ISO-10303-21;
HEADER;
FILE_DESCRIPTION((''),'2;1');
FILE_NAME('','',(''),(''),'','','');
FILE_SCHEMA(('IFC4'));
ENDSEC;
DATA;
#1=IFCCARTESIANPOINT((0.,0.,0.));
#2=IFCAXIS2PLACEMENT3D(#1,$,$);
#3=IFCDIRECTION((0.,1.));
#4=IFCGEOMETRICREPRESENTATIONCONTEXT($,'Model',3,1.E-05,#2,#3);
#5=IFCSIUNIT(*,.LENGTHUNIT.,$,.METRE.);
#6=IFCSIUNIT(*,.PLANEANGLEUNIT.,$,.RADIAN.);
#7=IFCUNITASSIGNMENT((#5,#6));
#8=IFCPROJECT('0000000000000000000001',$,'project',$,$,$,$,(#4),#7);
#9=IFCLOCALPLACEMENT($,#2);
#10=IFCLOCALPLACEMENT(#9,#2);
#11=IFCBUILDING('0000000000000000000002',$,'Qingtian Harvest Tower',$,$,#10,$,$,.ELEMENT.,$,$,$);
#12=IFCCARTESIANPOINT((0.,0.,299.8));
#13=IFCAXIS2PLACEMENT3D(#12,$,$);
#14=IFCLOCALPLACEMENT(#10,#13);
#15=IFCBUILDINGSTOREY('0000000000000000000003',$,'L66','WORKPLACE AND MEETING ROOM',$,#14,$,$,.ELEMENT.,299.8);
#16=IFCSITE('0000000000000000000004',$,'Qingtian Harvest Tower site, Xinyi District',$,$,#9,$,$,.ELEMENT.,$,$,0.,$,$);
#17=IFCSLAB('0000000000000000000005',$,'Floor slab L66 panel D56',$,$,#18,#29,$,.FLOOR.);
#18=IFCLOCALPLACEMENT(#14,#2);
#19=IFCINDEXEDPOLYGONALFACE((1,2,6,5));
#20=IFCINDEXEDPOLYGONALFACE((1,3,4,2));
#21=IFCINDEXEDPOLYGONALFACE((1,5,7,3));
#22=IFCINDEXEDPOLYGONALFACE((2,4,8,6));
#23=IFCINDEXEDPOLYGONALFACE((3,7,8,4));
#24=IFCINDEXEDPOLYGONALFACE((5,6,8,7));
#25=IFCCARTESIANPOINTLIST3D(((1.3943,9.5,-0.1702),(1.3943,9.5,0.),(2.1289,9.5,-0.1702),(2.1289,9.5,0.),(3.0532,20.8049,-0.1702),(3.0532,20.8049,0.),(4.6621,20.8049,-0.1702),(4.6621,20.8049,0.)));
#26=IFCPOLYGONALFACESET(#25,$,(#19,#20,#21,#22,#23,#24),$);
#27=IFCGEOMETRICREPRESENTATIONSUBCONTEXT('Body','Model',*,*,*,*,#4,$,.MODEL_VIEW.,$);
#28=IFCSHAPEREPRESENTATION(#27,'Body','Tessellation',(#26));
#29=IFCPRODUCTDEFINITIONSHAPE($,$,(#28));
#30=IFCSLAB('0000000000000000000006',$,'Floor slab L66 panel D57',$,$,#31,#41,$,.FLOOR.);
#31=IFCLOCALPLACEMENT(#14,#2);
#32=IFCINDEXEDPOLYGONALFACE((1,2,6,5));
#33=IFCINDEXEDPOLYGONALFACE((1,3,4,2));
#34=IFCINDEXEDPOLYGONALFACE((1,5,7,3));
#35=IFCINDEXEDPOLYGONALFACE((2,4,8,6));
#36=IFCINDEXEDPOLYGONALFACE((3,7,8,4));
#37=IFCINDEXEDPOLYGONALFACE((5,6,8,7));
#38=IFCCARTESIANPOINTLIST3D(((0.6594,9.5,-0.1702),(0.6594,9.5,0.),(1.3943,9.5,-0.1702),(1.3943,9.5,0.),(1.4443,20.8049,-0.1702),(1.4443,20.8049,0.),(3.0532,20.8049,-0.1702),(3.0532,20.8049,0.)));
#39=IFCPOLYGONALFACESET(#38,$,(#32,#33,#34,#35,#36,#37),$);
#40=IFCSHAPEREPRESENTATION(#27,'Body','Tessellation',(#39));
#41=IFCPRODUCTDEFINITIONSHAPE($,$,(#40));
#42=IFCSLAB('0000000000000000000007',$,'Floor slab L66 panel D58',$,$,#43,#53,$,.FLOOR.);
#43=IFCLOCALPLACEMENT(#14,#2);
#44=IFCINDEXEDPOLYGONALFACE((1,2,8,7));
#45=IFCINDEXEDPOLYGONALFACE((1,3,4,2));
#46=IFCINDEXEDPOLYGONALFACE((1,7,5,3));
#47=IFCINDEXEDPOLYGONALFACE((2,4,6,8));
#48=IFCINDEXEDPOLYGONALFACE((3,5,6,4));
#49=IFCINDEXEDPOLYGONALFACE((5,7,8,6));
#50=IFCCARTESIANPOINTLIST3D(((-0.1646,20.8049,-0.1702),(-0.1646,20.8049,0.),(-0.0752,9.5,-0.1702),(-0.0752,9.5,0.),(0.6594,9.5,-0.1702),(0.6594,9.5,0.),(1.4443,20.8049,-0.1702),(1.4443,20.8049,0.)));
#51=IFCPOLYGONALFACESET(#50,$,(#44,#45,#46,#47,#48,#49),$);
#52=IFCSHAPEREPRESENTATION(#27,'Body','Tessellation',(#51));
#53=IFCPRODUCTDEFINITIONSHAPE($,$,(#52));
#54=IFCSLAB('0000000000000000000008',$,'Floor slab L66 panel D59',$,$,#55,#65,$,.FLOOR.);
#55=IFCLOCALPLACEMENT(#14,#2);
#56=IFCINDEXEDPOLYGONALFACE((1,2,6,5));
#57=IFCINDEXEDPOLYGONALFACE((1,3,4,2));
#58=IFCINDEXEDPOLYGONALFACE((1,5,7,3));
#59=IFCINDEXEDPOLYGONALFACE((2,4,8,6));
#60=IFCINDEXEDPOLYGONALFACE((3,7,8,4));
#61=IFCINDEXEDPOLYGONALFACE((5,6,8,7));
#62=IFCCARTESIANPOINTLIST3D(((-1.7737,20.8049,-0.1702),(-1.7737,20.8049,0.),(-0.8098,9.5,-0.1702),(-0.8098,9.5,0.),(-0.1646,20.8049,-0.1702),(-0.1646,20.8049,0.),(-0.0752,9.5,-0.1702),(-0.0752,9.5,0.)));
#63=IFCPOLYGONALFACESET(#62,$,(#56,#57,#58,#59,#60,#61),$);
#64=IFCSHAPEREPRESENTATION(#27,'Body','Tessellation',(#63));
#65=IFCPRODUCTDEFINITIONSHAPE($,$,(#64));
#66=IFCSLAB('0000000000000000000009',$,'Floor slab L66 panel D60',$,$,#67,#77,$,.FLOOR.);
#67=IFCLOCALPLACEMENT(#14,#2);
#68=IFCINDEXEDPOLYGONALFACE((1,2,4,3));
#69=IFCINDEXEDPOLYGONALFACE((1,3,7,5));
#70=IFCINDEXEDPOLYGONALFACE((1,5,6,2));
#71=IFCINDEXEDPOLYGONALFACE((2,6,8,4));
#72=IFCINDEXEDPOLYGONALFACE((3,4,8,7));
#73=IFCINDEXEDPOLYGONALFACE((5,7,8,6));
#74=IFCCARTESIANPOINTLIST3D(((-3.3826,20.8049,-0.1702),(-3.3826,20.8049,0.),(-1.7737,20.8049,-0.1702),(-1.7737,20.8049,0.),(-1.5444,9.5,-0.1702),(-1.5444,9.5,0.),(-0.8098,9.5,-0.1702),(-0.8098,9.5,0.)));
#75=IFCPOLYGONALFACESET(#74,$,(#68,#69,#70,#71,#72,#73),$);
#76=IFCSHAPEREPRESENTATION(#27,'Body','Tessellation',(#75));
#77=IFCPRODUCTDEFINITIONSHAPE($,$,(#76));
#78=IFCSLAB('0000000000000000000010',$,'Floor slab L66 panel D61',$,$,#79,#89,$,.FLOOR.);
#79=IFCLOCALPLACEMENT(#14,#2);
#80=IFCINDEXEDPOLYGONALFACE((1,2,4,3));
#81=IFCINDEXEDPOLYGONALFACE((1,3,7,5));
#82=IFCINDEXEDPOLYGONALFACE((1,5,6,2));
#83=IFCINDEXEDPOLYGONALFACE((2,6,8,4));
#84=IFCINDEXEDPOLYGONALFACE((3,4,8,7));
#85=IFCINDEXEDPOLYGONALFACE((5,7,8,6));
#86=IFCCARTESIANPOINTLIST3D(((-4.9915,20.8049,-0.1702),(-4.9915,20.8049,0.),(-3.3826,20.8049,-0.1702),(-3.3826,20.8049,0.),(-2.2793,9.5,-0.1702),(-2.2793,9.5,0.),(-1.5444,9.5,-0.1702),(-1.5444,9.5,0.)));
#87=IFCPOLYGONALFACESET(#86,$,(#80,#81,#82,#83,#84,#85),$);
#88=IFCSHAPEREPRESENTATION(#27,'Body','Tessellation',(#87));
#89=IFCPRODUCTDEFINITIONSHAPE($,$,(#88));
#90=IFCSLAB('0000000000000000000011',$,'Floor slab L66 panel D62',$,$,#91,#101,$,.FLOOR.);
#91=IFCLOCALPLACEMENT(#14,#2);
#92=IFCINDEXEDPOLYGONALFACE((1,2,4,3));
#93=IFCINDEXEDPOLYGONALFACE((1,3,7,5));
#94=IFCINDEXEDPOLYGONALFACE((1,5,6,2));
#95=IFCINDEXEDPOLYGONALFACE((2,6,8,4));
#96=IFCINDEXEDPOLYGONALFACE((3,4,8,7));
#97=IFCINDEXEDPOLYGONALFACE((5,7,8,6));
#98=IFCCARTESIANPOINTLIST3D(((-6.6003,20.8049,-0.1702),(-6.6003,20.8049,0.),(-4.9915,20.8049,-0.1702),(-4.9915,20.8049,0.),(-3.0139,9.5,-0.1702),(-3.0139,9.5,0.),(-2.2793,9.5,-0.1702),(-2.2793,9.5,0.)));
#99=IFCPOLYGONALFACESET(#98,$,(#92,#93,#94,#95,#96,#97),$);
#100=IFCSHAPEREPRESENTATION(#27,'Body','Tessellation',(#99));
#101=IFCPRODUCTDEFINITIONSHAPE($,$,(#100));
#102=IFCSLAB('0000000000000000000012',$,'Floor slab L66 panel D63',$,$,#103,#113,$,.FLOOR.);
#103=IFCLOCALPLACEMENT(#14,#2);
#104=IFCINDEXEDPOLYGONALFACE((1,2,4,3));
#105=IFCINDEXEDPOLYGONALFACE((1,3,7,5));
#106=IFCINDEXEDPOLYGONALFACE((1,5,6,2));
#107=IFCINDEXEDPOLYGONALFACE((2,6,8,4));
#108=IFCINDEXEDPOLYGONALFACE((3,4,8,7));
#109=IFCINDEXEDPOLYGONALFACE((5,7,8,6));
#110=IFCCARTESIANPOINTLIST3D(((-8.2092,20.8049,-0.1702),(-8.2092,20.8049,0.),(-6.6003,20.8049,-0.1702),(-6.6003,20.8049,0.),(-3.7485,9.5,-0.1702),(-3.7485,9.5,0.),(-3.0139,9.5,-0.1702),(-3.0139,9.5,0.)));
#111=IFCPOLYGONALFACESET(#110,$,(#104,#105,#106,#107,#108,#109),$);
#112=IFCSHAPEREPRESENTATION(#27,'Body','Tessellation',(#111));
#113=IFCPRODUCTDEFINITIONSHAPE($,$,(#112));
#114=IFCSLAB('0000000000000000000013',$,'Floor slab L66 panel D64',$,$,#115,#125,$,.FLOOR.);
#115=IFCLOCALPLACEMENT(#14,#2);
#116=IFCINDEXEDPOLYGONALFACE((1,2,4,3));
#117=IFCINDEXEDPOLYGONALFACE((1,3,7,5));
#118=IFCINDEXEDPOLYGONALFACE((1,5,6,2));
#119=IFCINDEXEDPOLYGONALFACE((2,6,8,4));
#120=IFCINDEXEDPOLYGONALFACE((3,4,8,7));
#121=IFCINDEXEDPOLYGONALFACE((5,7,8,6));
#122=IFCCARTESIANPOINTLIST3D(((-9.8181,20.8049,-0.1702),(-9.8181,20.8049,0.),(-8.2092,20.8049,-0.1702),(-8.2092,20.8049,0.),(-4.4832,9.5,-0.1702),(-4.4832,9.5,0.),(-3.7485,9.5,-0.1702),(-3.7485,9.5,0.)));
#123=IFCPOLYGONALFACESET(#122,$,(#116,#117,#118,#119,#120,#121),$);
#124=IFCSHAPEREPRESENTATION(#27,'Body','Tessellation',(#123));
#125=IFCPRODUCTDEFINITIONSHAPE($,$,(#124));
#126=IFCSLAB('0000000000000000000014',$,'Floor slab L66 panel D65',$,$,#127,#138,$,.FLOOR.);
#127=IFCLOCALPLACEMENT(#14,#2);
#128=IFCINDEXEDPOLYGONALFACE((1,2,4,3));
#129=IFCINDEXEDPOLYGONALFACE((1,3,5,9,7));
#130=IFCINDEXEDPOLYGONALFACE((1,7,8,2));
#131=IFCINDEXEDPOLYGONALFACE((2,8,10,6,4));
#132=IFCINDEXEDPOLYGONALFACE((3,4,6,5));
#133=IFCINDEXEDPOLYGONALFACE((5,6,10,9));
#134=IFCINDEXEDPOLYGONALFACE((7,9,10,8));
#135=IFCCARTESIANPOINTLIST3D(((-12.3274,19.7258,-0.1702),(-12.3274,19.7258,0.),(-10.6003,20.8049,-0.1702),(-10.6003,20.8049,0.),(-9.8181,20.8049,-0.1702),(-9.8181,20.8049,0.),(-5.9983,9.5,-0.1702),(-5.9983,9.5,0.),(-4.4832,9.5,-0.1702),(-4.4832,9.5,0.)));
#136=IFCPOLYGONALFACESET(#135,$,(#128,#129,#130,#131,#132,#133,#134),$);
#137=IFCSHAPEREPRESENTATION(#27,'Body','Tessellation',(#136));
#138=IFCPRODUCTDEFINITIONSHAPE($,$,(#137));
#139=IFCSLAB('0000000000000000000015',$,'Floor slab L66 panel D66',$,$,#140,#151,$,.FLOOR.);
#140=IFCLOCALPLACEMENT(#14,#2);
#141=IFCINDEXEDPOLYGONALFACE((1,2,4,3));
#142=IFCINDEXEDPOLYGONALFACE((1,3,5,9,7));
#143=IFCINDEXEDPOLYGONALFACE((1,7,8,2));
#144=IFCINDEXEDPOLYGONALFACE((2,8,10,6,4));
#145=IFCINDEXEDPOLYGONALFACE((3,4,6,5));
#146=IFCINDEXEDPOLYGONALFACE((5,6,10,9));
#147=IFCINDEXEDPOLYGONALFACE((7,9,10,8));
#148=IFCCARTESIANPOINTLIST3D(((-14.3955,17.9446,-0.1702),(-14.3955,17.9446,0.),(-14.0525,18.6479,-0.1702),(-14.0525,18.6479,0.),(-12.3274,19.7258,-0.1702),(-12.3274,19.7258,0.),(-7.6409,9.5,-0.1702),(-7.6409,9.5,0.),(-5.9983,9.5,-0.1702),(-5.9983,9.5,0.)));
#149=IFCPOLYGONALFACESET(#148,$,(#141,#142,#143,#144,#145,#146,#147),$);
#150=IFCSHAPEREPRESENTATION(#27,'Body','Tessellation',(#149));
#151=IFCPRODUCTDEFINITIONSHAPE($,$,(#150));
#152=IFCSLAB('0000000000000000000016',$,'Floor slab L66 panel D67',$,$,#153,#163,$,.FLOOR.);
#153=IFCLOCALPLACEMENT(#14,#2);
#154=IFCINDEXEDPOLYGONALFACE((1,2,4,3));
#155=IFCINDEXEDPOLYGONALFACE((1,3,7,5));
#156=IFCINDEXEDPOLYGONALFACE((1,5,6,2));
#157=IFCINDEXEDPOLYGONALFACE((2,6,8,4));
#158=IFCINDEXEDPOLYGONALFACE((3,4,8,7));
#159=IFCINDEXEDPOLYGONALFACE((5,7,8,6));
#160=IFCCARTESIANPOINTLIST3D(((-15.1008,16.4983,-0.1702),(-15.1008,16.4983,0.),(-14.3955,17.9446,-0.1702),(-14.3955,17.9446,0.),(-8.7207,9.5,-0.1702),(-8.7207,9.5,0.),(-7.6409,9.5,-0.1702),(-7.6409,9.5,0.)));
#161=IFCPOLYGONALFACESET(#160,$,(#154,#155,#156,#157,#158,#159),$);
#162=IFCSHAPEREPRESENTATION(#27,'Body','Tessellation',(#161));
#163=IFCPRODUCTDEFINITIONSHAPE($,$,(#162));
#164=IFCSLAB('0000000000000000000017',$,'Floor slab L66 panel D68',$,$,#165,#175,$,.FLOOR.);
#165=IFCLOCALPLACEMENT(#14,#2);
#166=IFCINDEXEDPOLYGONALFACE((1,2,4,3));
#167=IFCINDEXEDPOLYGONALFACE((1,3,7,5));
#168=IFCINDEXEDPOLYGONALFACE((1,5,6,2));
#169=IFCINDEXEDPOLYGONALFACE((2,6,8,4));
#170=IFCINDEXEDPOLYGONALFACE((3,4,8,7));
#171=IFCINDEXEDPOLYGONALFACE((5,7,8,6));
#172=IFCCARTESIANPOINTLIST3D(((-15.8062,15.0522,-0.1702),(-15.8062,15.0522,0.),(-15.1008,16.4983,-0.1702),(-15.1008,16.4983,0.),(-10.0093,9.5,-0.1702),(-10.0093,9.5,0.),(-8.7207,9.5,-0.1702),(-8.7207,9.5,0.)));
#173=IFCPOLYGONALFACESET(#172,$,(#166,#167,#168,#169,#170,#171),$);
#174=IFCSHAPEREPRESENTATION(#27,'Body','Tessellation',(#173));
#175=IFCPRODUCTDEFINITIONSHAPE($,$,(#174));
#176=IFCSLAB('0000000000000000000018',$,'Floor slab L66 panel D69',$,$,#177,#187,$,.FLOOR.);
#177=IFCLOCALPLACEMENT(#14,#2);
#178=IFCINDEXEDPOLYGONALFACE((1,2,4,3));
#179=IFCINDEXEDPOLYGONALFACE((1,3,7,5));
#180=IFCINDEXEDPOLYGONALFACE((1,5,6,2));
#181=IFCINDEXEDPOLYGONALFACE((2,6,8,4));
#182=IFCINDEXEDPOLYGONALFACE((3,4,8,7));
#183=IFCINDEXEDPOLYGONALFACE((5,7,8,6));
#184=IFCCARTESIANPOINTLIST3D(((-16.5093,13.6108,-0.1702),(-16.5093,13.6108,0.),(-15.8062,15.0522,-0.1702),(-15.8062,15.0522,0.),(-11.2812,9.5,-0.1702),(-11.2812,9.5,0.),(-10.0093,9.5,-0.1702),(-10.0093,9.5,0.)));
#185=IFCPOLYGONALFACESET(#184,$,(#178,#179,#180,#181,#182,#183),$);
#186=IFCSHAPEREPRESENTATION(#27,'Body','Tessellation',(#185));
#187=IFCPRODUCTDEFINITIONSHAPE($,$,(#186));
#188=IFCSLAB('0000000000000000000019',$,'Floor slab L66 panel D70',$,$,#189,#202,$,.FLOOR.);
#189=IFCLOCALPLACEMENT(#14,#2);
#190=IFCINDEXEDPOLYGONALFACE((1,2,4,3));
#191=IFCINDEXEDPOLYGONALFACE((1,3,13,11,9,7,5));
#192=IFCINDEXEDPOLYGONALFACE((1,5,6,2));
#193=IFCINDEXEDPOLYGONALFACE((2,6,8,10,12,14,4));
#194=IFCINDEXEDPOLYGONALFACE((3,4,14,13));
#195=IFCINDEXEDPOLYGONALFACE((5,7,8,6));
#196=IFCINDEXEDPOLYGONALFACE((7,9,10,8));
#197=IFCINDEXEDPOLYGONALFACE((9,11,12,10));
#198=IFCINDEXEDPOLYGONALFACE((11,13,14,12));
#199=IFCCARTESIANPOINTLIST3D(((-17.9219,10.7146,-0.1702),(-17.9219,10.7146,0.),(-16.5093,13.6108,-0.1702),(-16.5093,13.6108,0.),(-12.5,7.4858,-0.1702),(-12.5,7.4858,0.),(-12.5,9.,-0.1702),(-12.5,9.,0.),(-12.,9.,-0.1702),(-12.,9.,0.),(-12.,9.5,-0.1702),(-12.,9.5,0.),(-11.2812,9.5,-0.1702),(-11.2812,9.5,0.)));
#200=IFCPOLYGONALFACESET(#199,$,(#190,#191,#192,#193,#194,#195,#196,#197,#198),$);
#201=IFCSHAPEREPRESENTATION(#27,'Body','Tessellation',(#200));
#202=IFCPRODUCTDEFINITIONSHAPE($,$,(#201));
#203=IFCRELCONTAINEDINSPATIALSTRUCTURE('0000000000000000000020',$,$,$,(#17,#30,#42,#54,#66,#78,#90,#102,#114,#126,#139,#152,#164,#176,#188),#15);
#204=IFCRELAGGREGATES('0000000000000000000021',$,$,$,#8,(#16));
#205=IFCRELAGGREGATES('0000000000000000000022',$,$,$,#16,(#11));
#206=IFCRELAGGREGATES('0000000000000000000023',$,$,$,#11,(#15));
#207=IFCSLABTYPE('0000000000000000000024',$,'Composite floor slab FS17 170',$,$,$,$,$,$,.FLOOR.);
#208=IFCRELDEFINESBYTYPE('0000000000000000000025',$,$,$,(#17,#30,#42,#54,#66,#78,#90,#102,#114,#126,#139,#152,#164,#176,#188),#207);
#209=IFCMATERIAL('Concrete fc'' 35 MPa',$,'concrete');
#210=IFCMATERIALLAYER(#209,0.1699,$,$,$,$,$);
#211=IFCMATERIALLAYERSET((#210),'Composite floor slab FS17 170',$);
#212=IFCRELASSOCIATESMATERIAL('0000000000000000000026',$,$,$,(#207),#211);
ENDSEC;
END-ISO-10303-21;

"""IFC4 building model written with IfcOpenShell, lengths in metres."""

from ifc_helpers import new_model, si_unit, direction, frame, origin, place, context, subcontext, project, spatial, polyline, outline, extrude, material, layer, layer_set, type_object, element, save


model = new_model("IFC4")

# Units and contexts
model_context = context("Model", 3, precision=1e-05, world=origin(), true_north=direction((0.0, 1.0)))
body_context = subcontext(model_context, "Body", "Model", "MODEL_VIEW")
ifc_project = project(units=[si_unit("LENGTHUNIT", "METRE"), si_unit("PLANEANGLEUNIT", "RADIAN")], contexts=[model_context])

# Site, building, storey
site_placement = place(None, origin())
site = spatial("IfcSite", under=ifc_project, at=site_placement, Name="Qingtian Harvest Tower site, Xinyi District", CompositionType="ELEMENT", RefElevation=0.0)
building_placement = place(site_placement, origin())
building = spatial("IfcBuilding", under=site, at=building_placement, Name="Qingtian Harvest Tower", CompositionType="ELEMENT")
storey_placement = place(building_placement, frame((0.0, 0.0, 299.8)))
storey = spatial("IfcBuildingStorey", under=building, at=storey_placement, Name="L66", Description="WORKPLACE AND MEETING ROOM", CompositionType="ELEMENT", Elevation=299.8)

# Slabs
ifc_material_1 = material(Name="Concrete fc' 35 MPa", Category="concrete")
ifc_layer_1 = layer(ifc_material_1, 0.1699)
ifc_layer_set_1 = layer_set([ifc_layer_1], Name="Composite floor slab FS17 170")
slab_type = type_object("IfcSlabType", Name="Composite floor slab FS17 170", PredefinedType="FLOOR", material=ifc_layer_set_1)
slab_1_placement = place(storey_placement, frame((0.0, 0.0, -0.1702)))
element("IfcSlab", 1, at=slab_1_placement, inside=storey, type_object=slab_type, Name="Floor slab L66 panel D56", PredefinedType="FLOOR", context=body_context, shape_type="SweptSolid", body=[
    extrude(outline(polyline([(1.3943, 9.5), (3.0532, 20.8049), (4.6621, 20.8049), (2.1289, 9.5), (1.3943, 9.5)])), origin(), (0.0, 0.0, 1.0), 0.1702),
])
slab_2_placement = place(storey_placement, frame((0.0, 0.0, -0.1702)))
element("IfcSlab", 2, at=slab_2_placement, inside=storey, type_object=slab_type, Name="Floor slab L66 panel D57", PredefinedType="FLOOR", context=body_context, shape_type="SweptSolid", body=[
    extrude(outline(polyline([(0.6594, 9.5), (1.4443, 20.8049), (3.0532, 20.8049), (1.3943, 9.5), (0.6594, 9.5)])), origin(), (0.0, 0.0, 1.0), 0.1702),
])
slab_3_placement = place(storey_placement, frame((0.0, 0.0, -0.1702)))
element("IfcSlab", 3, at=slab_3_placement, inside=storey, type_object=slab_type, Name="Floor slab L66 panel D58", PredefinedType="FLOOR", context=body_context, shape_type="SweptSolid", body=[
    extrude(outline(polyline([(-0.0752, 9.5), (-0.1646, 20.8049), (1.4443, 20.8049), (0.6594, 9.5), (-0.0752, 9.5)])), origin(), (0.0, 0.0, 1.0), 0.1702),
])
slab_4_placement = place(storey_placement, frame((0.0, 0.0, -0.1702)))
element("IfcSlab", 4, at=slab_4_placement, inside=storey, type_object=slab_type, Name="Floor slab L66 panel D59", PredefinedType="FLOOR", context=body_context, shape_type="SweptSolid", body=[
    extrude(outline(polyline([(-0.8098, 9.5), (-1.7737, 20.8049), (-0.1646, 20.8049), (-0.0752, 9.5), (-0.8098, 9.5)])), origin(), (0.0, 0.0, 1.0), 0.1702),
])
slab_5_placement = place(storey_placement, frame((0.0, 0.0, -0.1702)))
element("IfcSlab", 5, at=slab_5_placement, inside=storey, type_object=slab_type, Name="Floor slab L66 panel D60", PredefinedType="FLOOR", context=body_context, shape_type="SweptSolid", body=[
    extrude(outline(polyline([(-1.5444, 9.5), (-3.3826, 20.8049), (-1.7737, 20.8049), (-0.8098, 9.5), (-1.5444, 9.5)])), origin(), (0.0, 0.0, 1.0), 0.1702),
])
slab_6_placement = place(storey_placement, frame((0.0, 0.0, -0.1702)))
element("IfcSlab", 6, at=slab_6_placement, inside=storey, type_object=slab_type, Name="Floor slab L66 panel D61", PredefinedType="FLOOR", context=body_context, shape_type="SweptSolid", body=[
    extrude(outline(polyline([(-2.2793, 9.5), (-4.9915, 20.8049), (-3.3826, 20.8049), (-1.5444, 9.5), (-2.2793, 9.5)])), origin(), (0.0, 0.0, 1.0), 0.1702),
])
slab_7_placement = place(storey_placement, frame((0.0, 0.0, -0.1702)))
element("IfcSlab", 7, at=slab_7_placement, inside=storey, type_object=slab_type, Name="Floor slab L66 panel D62", PredefinedType="FLOOR", context=body_context, shape_type="SweptSolid", body=[
    extrude(outline(polyline([(-3.0139, 9.5), (-6.6003, 20.8049), (-4.9915, 20.8049), (-2.2793, 9.5), (-3.0139, 9.5)])), origin(), (0.0, 0.0, 1.0), 0.1702),
])
slab_8_placement = place(storey_placement, frame((0.0, 0.0, -0.1702)))
element("IfcSlab", 8, at=slab_8_placement, inside=storey, type_object=slab_type, Name="Floor slab L66 panel D63", PredefinedType="FLOOR", context=body_context, shape_type="SweptSolid", body=[
    extrude(outline(polyline([(-3.7485, 9.5), (-8.2092, 20.8049), (-6.6003, 20.8049), (-3.0139, 9.5), (-3.7485, 9.5)])), origin(), (0.0, 0.0, 1.0), 0.1702),
])
slab_9_placement = place(storey_placement, frame((0.0, 0.0, -0.1702)))
element("IfcSlab", 9, at=slab_9_placement, inside=storey, type_object=slab_type, Name="Floor slab L66 panel D64", PredefinedType="FLOOR", context=body_context, shape_type="SweptSolid", body=[
    extrude(outline(polyline([(-4.4832, 9.5), (-9.8181, 20.8049), (-8.2092, 20.8049), (-3.7485, 9.5), (-4.4832, 9.5)])), origin(), (0.0, 0.0, 1.0), 0.1702),
])
slab_10_placement = place(storey_placement, frame((0.0, 0.0, -0.1702)))
element("IfcSlab", 10, at=slab_10_placement, inside=storey, type_object=slab_type, Name="Floor slab L66 panel D65", PredefinedType="FLOOR", context=body_context, shape_type="SweptSolid", body=[
    extrude(outline(polyline([(-4.4832, 9.5), (-5.9983, 9.5), (-12.3274, 19.7258), (-10.6003, 20.8049), (-9.8181, 20.8049), (-4.4832, 9.5)])), origin(), (0.0, 0.0, 1.0), 0.1702),
])
slab_11_placement = place(storey_placement, frame((0.0, 0.0, -0.1702)))
element("IfcSlab", 11, at=slab_11_placement, inside=storey, type_object=slab_type, Name="Floor slab L66 panel D66", PredefinedType="FLOOR", context=body_context, shape_type="SweptSolid", body=[
    extrude(outline(polyline([(-5.9983, 9.5), (-7.6409, 9.5), (-14.3955, 17.9446), (-14.0525, 18.6479), (-12.3274, 19.7258), (-5.9983, 9.5)])), origin(), (0.0, 0.0, 1.0), 0.1702),
])
slab_12_placement = place(storey_placement, frame((0.0, 0.0, -0.1702)))
element("IfcSlab", 12, at=slab_12_placement, inside=storey, type_object=slab_type, Name="Floor slab L66 panel D67", PredefinedType="FLOOR", context=body_context, shape_type="SweptSolid", body=[
    extrude(outline(polyline([(-8.7207, 9.5), (-15.1008, 16.4983), (-14.3955, 17.9446), (-7.6409, 9.5), (-8.7207, 9.5)])), origin(), (0.0, 0.0, 1.0), 0.1702),
])
slab_13_placement = place(storey_placement, frame((0.0, 0.0, -0.1702)))
element("IfcSlab", 13, at=slab_13_placement, inside=storey, type_object=slab_type, Name="Floor slab L66 panel D68", PredefinedType="FLOOR", context=body_context, shape_type="SweptSolid", body=[
    extrude(outline(polyline([(-10.0093, 9.5), (-15.8062, 15.0522), (-15.1008, 16.4983), (-8.7207, 9.5), (-10.0093, 9.5)])), origin(), (0.0, 0.0, 1.0), 0.1702),
])
slab_14_placement = place(storey_placement, frame((0.0, 0.0, -0.1702)))
element("IfcSlab", 14, at=slab_14_placement, inside=storey, type_object=slab_type, Name="Floor slab L66 panel D69", PredefinedType="FLOOR", context=body_context, shape_type="SweptSolid", body=[
    extrude(outline(polyline([(-11.2812, 9.5), (-16.5093, 13.6108), (-15.8062, 15.0522), (-10.0093, 9.5), (-11.2812, 9.5)])), origin(), (0.0, 0.0, 1.0), 0.1702),
])
slab_15_placement = place(storey_placement, frame((0.0, 0.0, -0.1702)))
element("IfcSlab", 15, at=slab_15_placement, inside=storey, type_object=slab_type, Name="Floor slab L66 panel D70", PredefinedType="FLOOR", context=body_context, shape_type="SweptSolid", body=[
    extrude(outline(polyline([(-12.0, 9.0), (-12.5, 9.0), (-12.5, 7.4858), (-17.9219, 10.7146), (-16.5093, 13.6108), (-11.2812, 9.5), (-12.0, 9.5), (-12.0, 9.0)])), origin(), (0.0, 0.0, 1.0), 0.1702),
])

save(model, "model.ifc")
